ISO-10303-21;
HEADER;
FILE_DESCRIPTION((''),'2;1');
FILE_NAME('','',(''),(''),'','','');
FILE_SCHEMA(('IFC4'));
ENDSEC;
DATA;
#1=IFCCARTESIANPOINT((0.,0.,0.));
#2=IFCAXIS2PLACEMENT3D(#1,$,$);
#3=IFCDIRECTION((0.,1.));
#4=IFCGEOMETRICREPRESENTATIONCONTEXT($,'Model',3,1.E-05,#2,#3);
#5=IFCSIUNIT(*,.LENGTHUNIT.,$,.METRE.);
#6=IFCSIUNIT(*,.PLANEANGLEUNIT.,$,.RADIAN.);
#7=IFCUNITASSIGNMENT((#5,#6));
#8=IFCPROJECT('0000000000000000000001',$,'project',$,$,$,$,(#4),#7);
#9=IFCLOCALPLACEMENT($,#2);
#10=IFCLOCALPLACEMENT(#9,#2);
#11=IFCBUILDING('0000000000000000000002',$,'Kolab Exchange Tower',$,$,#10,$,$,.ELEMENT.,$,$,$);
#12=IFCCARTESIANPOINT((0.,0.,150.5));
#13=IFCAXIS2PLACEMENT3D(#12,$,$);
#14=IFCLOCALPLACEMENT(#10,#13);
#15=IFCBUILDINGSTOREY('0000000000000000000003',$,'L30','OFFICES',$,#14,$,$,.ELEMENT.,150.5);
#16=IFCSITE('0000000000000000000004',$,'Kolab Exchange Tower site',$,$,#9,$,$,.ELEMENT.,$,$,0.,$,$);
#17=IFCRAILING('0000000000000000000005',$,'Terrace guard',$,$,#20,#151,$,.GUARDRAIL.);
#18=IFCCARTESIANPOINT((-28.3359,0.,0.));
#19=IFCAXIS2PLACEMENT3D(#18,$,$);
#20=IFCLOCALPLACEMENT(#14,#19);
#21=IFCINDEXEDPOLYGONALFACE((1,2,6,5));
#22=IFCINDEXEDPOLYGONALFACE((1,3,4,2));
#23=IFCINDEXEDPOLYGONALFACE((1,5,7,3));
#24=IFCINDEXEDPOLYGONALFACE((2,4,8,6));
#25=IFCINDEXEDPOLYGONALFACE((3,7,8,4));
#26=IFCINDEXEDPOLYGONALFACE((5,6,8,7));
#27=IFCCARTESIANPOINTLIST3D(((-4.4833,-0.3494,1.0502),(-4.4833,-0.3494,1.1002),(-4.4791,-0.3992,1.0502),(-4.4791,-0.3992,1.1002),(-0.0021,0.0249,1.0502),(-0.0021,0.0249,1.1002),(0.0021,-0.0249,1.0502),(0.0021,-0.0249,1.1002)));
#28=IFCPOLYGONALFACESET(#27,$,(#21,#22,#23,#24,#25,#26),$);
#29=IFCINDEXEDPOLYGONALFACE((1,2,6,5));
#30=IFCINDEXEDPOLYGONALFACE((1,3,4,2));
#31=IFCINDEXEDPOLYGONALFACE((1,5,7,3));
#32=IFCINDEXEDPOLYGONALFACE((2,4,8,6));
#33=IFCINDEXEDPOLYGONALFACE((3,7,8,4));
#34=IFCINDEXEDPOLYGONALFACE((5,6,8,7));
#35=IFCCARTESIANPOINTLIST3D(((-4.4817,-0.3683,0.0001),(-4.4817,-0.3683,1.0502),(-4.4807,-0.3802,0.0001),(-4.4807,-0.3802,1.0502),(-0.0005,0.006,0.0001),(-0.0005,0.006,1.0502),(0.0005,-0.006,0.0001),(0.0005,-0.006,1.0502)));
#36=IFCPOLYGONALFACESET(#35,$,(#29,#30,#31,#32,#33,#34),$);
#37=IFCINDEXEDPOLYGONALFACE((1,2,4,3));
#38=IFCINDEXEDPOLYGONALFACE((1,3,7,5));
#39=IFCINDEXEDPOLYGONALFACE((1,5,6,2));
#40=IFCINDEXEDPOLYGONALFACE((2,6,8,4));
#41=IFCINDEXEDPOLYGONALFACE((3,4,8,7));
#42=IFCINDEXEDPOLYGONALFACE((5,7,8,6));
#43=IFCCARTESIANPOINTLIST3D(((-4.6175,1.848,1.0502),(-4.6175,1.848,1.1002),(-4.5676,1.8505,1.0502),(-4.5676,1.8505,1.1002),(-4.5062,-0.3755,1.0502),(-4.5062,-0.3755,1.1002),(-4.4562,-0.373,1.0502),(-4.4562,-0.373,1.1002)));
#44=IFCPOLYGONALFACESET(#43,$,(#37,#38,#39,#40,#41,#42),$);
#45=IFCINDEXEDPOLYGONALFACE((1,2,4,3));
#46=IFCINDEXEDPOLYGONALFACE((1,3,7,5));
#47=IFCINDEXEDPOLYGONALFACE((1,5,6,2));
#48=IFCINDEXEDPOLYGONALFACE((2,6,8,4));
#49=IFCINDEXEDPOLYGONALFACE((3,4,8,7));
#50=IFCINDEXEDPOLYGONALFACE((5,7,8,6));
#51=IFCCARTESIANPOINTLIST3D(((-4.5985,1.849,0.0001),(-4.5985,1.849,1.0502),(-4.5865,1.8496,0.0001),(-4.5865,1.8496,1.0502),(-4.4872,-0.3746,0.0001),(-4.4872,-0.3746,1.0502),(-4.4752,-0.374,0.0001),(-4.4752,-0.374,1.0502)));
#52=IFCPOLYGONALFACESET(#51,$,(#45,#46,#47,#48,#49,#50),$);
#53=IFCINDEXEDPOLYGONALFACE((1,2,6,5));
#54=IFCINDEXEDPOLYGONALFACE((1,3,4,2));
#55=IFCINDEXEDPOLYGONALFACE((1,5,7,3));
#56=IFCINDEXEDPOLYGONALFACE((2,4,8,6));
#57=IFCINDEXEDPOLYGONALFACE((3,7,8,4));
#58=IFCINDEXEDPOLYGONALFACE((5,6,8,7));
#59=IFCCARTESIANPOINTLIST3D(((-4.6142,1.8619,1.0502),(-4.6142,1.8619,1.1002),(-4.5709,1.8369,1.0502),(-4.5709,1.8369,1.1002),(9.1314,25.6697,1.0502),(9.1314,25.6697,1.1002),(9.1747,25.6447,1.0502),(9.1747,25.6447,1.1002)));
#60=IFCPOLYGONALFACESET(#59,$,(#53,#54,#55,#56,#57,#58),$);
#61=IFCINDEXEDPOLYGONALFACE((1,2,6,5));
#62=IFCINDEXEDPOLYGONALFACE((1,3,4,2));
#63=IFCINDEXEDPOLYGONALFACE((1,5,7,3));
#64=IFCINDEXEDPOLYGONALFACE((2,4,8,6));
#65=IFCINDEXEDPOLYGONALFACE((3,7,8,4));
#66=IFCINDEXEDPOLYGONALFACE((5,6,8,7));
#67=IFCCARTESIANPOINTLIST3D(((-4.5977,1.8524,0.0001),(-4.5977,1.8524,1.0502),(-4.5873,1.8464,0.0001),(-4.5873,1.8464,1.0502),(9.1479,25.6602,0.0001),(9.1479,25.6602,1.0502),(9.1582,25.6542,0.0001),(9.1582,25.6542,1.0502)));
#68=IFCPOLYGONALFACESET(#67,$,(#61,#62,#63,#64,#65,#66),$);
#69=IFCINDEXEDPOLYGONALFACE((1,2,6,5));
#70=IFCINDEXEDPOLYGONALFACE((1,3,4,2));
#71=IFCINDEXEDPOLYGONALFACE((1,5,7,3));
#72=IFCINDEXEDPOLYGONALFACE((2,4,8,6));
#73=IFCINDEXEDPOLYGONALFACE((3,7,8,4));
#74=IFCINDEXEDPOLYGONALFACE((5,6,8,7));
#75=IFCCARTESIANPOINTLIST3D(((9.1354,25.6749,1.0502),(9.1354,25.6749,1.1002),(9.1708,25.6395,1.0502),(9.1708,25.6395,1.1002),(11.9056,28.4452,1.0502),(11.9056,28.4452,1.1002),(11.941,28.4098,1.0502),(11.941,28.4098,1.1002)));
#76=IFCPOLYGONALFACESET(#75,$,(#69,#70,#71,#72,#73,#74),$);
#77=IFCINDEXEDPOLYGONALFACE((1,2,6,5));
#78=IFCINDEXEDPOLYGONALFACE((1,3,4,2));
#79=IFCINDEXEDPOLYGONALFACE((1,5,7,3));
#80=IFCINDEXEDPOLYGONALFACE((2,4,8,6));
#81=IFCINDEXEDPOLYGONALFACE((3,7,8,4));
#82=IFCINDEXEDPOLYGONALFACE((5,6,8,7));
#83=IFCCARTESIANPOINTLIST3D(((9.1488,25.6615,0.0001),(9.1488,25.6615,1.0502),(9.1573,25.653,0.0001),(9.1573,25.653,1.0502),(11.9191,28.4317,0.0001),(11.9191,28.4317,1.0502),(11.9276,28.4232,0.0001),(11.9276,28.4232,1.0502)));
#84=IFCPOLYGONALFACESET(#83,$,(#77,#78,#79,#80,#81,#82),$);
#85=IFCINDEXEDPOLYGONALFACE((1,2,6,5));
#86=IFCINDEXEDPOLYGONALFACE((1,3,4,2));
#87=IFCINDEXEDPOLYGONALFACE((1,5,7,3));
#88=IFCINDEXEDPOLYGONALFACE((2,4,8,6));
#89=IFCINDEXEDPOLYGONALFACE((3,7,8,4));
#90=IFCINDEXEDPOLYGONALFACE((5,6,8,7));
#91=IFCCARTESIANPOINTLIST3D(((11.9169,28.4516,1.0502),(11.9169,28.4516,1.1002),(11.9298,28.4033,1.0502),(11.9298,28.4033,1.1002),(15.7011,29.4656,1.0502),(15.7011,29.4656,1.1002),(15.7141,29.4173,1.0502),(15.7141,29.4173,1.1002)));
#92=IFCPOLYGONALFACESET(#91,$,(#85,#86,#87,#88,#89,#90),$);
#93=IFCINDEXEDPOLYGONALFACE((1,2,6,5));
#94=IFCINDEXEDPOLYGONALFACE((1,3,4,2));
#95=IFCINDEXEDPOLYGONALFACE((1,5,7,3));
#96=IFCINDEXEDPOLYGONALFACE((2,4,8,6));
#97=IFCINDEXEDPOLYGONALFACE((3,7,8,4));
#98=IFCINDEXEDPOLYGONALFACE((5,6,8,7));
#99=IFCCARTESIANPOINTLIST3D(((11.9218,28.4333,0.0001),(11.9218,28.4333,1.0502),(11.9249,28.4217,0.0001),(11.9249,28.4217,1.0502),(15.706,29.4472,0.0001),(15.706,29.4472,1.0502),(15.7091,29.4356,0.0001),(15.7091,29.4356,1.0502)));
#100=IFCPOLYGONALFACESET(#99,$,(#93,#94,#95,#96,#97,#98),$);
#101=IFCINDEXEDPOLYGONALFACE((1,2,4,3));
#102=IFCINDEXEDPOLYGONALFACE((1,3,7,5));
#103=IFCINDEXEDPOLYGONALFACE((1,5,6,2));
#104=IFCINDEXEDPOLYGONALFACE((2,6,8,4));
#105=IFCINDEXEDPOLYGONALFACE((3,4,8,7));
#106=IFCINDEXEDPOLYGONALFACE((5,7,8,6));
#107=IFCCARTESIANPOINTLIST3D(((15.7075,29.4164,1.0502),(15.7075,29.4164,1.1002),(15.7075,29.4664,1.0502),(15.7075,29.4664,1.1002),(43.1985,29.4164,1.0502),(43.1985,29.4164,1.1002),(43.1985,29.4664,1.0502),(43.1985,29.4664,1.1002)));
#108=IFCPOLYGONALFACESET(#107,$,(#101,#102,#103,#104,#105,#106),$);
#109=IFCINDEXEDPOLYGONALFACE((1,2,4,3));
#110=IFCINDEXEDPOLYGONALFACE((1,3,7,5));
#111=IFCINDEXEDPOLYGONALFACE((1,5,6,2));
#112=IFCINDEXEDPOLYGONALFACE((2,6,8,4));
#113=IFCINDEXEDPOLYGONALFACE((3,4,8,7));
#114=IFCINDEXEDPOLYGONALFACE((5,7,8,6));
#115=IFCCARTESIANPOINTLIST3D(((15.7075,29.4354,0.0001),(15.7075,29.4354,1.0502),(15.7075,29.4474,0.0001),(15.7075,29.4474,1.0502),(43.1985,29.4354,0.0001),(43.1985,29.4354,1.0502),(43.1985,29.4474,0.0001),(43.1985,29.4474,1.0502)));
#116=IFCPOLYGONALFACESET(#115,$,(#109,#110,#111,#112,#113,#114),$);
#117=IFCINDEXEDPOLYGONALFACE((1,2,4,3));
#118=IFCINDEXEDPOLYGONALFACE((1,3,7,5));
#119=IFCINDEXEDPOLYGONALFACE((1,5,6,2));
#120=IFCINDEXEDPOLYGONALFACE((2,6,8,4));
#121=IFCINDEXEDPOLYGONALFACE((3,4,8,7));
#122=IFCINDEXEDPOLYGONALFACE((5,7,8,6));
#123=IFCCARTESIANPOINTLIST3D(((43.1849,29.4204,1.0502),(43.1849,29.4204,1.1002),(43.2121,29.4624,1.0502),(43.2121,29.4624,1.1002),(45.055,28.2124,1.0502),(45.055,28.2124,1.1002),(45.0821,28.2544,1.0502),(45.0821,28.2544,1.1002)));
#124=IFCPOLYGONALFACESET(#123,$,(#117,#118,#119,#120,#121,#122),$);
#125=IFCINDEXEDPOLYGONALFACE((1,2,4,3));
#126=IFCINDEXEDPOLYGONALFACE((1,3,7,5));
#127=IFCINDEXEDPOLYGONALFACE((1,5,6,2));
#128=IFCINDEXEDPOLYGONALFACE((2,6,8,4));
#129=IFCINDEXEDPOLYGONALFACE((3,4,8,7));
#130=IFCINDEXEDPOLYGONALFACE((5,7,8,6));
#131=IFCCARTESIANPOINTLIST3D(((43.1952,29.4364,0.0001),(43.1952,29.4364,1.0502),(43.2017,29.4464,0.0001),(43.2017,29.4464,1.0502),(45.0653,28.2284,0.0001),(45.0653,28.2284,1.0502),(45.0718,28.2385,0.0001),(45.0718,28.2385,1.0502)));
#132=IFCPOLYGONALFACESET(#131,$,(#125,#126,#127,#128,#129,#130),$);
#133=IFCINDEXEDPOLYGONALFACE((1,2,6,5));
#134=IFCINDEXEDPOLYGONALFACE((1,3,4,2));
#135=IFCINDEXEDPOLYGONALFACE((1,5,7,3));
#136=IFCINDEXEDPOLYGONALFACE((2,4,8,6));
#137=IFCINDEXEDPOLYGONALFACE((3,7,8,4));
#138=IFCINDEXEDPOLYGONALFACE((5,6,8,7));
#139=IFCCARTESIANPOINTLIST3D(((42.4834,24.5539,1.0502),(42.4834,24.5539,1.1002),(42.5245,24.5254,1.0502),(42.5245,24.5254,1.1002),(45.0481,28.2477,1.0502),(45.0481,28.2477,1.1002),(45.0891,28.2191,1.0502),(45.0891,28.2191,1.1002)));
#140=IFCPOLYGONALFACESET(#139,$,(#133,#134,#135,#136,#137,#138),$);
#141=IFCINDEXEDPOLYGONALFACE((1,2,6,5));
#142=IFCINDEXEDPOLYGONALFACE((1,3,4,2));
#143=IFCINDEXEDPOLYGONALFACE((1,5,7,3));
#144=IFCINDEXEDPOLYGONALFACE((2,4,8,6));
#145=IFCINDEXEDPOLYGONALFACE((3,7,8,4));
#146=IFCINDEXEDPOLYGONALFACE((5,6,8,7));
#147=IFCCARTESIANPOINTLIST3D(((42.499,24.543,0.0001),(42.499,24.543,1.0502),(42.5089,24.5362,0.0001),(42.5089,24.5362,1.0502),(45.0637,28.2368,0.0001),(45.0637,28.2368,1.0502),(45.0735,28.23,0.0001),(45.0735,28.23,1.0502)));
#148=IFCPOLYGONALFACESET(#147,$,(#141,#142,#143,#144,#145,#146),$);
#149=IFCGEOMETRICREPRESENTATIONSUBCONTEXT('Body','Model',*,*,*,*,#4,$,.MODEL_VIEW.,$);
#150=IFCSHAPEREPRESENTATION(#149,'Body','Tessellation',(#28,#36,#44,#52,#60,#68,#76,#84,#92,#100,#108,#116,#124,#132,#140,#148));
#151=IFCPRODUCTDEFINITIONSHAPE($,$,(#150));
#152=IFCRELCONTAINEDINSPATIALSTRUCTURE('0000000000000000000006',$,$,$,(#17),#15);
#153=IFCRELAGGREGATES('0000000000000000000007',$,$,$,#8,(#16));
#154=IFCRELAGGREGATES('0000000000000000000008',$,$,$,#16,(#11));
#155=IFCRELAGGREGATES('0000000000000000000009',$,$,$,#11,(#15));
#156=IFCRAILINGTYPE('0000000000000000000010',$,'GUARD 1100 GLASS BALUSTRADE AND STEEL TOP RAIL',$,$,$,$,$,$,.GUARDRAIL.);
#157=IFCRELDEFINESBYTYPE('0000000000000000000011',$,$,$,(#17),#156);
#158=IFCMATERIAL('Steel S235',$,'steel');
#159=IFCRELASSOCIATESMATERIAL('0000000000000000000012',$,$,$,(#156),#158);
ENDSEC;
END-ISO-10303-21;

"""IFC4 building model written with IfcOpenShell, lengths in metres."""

from ifc_helpers import new_model, si_unit, direction, frame, frame_2d, origin, origin_2d, place, context, subcontext, project, spatial, rectangle, extrude, material, type_object, element, save


model = new_model("IFC4")

# Units and contexts
model_context = context("Model", 3, precision=1e-05, world=origin(), true_north=direction((0.0, 1.0)))
body_context = subcontext(model_context, "Body", "Model", "MODEL_VIEW")
ifc_project = project(units=[si_unit("LENGTHUNIT", "METRE"), si_unit("PLANEANGLEUNIT", "RADIAN")], contexts=[model_context])

# Site, building, storey
site_placement = place(None, origin())
site = spatial("IfcSite", under=ifc_project, at=site_placement, Name="Kolab Exchange Tower site", CompositionType="ELEMENT", RefElevation=0.0)
building_placement = place(site_placement, origin())
building = spatial("IfcBuilding", under=site, at=building_placement, Name="Kolab Exchange Tower", CompositionType="ELEMENT")
storey_placement = place(building_placement, frame((0.0, 0.0, 150.5)))
storey = spatial("IfcBuildingStorey", under=building, at=storey_placement, Name="L30", Description="OFFICES", CompositionType="ELEMENT", Elevation=150.5)

# Railing
ifc_material_1 = material(Name="Steel S235", Category="steel")
railing_type = type_object("IfcRailingType", Name="GUARD 1100 GLASS BALUSTRADE AND STEEL TOP RAIL", PredefinedType="GUARDRAIL", material=ifc_material_1)
railing_1_placement = place(storey_placement, frame((-28.3359, 0.0, 0.0)))
element("IfcRailing", 1, at=railing_1_placement, inside=storey, type_object=railing_type, Name="Terrace guard", PredefinedType="GUARDRAIL", context=body_context, shape_type="SweptSolid", body=[
    extrude(rectangle(XDim=0.05, YDim=0.05, at=origin_2d()), frame((0.0, 0.0, 1.0752), z_axis=(-0.99653, -0.08323, 0.0), x_axis=(0.08323, -0.99653, 0.0)), (0.0, 0.0, 1.0), 4.4968),
    extrude(rectangle(XDim=0.012, YDim=1.0501, at=frame_2d((0.0, 0.5251))), frame((0.0, 0.0, 0.0), z_axis=(-0.99653, -0.08323, 0.0), x_axis=(0.08323, -0.99653, 0.0)), (0.0, 0.0, 1.0), 4.4968),
    extrude(rectangle(XDim=0.05, YDim=0.05, at=origin_2d()), frame((-4.4812, -0.3743, 1.0752), z_axis=(-0.050003, 0.998749, 0.0), x_axis=(-0.998749, -0.050003, 0.0)), (0.0, 0.0, 1.0), 2.2263),
    extrude(rectangle(XDim=0.012, YDim=1.0501, at=frame_2d((0.0, 0.5251))), frame((-4.4812, -0.3743, 0.0), z_axis=(-0.050003, 0.998749, 0.0), x_axis=(-0.998749, -0.050003, 0.0)), (0.0, 0.0, 1.0), 2.2263),
    extrude(rectangle(XDim=0.05, YDim=0.05, at=origin_2d()), frame((-4.5925, 1.8494, 1.0752), z_axis=(0.500004, 0.866023, 0.0), x_axis=(-0.866023, 0.500004, 0.0)), (0.0, 0.0, 1.0), 27.491),
    extrude(rectangle(XDim=0.012, YDim=1.0501, at=frame_2d((0.0, 0.5251))), frame((-4.5925, 1.8494, 0.0), z_axis=(0.500004, 0.866023, 0.0), x_axis=(-0.866023, 0.500004, 0.0)), (0.0, 0.0, 1.0), 27.491),
    extrude(rectangle(XDim=0.05, YDim=0.05, at=origin_2d()), frame((9.1531, 25.6572, 1.0752), z_axis=(0.707107, 0.707107, 0.0), x_axis=(-0.707107, 0.707107, 0.0)), (0.0, 0.0, 1.0), 3.9177),
    extrude(rectangle(XDim=0.012, YDim=1.0501, at=frame_2d((0.0, 0.5251))), frame((9.1531, 25.6572, 0.0), z_axis=(0.707107, 0.707107, 0.0), x_axis=(-0.707107, 0.707107, 0.0)), (0.0, 0.0, 1.0), 3.9177),
    extrude(rectangle(XDim=0.05, YDim=0.05, at=origin_2d()), frame((11.9233, 28.4275, 1.0752), z_axis=(0.965929, 0.258807, 0.0), x_axis=(-0.258807, 0.965929, 0.0)), (0.0, 0.0, 1.0), 3.9177),
    extrude(rectangle(XDim=0.012, YDim=1.0501, at=frame_2d((0.0, 0.5251))), frame((11.9233, 28.4275, 0.0), z_axis=(0.965929, 0.258807, 0.0), x_axis=(-0.258807, 0.965929, 0.0)), (0.0, 0.0, 1.0), 3.9177),
    extrude(rectangle(XDim=0.05, YDim=0.05, at=origin_2d()), frame((15.7075, 29.4414, 1.0752), z_axis=(1.0, 0.0, 0.0), x_axis=(0.0, 1.0, 0.0)), (0.0, 0.0, 1.0), 27.491),
    extrude(rectangle(XDim=0.012, YDim=1.0501, at=frame_2d((0.0, 0.5251))), frame((15.7075, 29.4414, 0.0), z_axis=(1.0, 0.0, 0.0), x_axis=(0.0, 1.0, 0.0)), (0.0, 0.0, 1.0), 27.491),
    extrude(rectangle(XDim=0.05, YDim=0.05, at=origin_2d()), frame((43.1985, 29.4414, 1.0752), z_axis=(0.839994, -0.542596, 0.0), x_axis=(0.542596, 0.839994, 0.0)), (0.0, 0.0, 1.0), 2.2263),
    extrude(rectangle(XDim=0.012, YDim=1.0501, at=frame_2d((0.0, 0.5251))), frame((43.1985, 29.4414, 0.0), z_axis=(0.839994, -0.542596, 0.0), x_axis=(0.542596, 0.839994, 0.0)), (0.0, 0.0, 1.0), 2.2263),
    extrude(rectangle(XDim=0.05, YDim=0.05, at=origin_2d()), frame((45.0686, 28.2334, 1.0752), z_axis=(-0.570325, -0.821419, 0.0), x_axis=(0.821419, -0.570325, 0.0)), (0.0, 0.0, 1.0), 4.4968),
    extrude(rectangle(XDim=0.012, YDim=1.0501, at=frame_2d((0.0, 0.5251))), frame((45.0686, 28.2334, 0.0), z_axis=(-0.570325, -0.821419, 0.0), x_axis=(0.821419, -0.570325, 0.0)), (0.0, 0.0, 1.0), 4.4968),
])

save(model, "model.ifc")
